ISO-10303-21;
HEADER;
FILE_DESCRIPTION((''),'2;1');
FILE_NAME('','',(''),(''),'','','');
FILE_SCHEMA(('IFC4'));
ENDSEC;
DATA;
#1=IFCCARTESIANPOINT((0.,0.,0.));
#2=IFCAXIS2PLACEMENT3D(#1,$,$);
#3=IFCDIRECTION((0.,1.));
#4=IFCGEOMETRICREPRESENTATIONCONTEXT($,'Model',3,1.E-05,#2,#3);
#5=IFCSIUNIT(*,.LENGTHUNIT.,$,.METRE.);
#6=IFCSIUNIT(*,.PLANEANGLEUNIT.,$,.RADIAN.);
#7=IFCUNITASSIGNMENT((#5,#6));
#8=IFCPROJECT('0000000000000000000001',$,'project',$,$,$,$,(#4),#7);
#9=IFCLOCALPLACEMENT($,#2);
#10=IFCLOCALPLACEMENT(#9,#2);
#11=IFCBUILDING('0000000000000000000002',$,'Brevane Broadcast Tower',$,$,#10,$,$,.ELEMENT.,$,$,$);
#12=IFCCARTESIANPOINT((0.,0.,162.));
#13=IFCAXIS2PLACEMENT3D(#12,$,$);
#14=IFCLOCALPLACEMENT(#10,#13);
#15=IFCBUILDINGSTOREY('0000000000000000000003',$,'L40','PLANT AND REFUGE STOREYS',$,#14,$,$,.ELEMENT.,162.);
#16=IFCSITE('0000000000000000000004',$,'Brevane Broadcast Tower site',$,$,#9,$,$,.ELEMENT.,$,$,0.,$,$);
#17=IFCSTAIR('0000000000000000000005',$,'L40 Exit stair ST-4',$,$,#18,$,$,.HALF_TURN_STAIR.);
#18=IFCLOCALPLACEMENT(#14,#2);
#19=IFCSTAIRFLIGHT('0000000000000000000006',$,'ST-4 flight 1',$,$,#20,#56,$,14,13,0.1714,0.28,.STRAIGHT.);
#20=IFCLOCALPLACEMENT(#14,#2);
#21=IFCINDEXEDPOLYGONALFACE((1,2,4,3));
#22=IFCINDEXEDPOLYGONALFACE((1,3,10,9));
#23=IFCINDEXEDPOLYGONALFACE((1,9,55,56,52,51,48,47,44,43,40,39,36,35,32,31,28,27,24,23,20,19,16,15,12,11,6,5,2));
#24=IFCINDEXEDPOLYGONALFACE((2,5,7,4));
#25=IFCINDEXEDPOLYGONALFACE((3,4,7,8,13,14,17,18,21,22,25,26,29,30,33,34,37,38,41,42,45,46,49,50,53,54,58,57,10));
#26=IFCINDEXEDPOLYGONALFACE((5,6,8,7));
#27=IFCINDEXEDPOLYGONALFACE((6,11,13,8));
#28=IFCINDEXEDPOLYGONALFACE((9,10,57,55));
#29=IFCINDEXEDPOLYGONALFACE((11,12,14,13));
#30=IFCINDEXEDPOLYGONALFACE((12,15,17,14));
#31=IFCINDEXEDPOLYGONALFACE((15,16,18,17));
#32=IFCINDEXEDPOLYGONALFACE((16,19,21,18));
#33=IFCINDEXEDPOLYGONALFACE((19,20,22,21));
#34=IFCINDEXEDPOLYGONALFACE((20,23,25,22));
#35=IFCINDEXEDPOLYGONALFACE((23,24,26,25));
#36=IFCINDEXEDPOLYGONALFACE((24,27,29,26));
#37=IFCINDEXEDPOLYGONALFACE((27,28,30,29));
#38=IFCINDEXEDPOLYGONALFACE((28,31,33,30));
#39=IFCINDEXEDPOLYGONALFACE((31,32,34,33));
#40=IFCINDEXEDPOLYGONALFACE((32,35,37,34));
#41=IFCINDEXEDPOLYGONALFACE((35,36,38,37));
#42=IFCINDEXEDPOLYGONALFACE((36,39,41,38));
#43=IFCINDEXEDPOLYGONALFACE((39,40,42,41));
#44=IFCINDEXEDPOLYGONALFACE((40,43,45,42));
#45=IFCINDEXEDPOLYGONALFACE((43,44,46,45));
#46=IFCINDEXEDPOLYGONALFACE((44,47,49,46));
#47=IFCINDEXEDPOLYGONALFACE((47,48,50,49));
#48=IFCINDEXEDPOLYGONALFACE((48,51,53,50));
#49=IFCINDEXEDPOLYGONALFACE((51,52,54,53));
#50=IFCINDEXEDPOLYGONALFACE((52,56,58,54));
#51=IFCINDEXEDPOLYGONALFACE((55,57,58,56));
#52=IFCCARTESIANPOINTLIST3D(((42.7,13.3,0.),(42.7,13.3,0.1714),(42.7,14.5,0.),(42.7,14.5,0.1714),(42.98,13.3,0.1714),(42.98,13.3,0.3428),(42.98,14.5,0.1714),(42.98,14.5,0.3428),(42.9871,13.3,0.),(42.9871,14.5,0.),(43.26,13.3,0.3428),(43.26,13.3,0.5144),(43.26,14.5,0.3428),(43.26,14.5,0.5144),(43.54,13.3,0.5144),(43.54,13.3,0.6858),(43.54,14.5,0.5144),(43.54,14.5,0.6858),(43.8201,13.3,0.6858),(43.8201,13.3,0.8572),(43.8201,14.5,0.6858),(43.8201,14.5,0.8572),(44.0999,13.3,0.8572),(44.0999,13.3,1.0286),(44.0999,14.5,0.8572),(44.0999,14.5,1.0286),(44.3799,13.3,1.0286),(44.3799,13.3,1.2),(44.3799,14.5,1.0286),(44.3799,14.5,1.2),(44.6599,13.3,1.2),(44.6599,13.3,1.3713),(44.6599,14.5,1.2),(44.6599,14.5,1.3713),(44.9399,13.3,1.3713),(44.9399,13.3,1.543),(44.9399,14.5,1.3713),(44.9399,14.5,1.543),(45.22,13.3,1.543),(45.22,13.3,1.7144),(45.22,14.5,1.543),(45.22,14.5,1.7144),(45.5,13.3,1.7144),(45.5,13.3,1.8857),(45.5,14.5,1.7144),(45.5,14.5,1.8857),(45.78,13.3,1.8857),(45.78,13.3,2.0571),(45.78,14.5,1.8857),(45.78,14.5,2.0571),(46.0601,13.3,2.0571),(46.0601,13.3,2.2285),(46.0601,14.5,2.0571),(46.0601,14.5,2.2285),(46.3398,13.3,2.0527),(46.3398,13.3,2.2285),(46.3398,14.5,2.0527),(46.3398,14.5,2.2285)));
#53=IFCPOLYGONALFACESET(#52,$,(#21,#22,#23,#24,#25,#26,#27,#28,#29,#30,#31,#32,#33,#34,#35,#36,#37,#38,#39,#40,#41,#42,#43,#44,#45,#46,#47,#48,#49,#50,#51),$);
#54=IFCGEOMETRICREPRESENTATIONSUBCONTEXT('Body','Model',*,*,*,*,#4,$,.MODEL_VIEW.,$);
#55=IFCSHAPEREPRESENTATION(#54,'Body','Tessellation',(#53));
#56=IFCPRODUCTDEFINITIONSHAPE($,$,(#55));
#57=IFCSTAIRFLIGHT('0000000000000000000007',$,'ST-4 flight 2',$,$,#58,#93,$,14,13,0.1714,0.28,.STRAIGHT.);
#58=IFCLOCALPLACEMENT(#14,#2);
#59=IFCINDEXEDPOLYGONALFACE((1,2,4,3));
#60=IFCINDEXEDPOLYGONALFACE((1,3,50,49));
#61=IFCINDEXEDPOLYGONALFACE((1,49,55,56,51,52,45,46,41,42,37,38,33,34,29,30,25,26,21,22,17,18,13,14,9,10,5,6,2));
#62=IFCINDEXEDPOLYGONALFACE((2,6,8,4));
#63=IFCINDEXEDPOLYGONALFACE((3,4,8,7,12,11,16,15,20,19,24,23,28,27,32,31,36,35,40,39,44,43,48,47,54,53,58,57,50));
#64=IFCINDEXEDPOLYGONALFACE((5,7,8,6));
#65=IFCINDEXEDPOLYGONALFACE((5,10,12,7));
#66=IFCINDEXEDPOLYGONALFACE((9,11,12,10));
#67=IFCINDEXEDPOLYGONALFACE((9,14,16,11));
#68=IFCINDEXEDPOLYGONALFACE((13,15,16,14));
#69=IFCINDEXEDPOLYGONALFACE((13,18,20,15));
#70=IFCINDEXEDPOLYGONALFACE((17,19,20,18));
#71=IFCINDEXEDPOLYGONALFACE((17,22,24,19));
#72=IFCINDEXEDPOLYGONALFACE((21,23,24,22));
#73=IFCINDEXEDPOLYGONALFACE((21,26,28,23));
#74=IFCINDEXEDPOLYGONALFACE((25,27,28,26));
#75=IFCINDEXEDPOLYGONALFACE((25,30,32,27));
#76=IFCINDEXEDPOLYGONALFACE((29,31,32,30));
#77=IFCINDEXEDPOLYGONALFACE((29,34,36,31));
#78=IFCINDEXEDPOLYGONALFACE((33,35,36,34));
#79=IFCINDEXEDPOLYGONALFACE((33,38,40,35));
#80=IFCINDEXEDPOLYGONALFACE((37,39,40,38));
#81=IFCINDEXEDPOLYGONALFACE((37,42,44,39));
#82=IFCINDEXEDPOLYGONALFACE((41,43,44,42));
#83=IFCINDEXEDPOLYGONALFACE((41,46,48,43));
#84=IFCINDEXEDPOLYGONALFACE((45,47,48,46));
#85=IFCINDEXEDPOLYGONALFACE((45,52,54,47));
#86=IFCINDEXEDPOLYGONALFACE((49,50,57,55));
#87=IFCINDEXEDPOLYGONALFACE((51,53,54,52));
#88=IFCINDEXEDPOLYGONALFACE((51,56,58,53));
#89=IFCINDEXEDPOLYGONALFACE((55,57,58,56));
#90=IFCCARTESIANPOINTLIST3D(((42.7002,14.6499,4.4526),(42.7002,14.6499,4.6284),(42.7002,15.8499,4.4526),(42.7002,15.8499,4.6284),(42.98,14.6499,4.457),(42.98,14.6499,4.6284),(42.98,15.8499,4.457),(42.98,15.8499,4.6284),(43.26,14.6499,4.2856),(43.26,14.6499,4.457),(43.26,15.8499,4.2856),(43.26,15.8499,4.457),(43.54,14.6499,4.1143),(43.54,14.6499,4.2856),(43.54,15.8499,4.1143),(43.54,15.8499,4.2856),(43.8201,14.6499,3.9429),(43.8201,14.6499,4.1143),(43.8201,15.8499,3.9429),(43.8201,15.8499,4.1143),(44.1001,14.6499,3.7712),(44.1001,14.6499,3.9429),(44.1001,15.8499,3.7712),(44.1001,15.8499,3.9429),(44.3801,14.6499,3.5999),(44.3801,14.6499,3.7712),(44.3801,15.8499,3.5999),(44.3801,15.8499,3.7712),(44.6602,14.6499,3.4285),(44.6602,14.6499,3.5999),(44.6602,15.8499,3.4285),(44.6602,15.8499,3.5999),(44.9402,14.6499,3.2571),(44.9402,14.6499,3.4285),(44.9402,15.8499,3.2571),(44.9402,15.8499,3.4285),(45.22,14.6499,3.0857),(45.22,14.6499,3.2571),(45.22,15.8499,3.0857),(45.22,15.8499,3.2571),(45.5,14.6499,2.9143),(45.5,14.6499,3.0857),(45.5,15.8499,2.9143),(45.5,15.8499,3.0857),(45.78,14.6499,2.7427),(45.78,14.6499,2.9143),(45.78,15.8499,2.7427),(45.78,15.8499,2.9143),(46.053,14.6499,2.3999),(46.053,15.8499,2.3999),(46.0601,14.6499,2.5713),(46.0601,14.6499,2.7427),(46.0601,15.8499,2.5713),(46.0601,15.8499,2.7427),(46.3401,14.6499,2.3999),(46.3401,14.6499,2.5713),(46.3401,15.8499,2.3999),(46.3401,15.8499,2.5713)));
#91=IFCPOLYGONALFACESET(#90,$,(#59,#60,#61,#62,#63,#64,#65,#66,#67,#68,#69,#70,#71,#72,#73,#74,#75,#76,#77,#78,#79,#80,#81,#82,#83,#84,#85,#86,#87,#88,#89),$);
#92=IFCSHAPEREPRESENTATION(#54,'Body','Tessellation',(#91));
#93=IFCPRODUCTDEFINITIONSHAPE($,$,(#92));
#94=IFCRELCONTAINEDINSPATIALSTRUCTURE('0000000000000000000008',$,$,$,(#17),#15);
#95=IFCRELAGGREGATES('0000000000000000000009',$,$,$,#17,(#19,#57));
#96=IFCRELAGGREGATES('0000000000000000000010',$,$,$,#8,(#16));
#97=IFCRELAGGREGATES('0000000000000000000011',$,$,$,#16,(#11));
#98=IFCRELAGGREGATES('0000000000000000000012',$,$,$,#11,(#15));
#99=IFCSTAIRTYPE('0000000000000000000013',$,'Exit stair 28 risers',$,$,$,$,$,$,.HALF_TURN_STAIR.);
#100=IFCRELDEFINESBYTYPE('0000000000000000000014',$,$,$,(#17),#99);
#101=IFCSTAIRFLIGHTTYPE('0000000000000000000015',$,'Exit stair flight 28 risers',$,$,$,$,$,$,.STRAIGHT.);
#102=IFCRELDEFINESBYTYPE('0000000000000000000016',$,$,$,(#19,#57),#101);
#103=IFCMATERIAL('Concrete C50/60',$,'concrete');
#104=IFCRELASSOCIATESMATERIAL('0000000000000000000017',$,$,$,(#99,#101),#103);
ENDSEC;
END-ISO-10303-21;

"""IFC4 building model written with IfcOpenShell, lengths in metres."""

from ifc_helpers import new_model, si_unit, direction, frame, origin, place, context, subcontext, project, spatial, polyline, outline, extrude, material, type_object, element, aggregate, save


model = new_model("IFC4")

# Units and contexts
model_context = context("Model", 3, precision=1e-05, world=origin(), true_north=direction((0.0, 1.0)))
body_context = subcontext(model_context, "Body", "Model", "MODEL_VIEW")
ifc_project = project(units=[si_unit("LENGTHUNIT", "METRE"), si_unit("PLANEANGLEUNIT", "RADIAN")], contexts=[model_context])

# Site, building, storey
site_placement = place(None, origin())
site = spatial("IfcSite", under=ifc_project, at=site_placement, Name="Brevane Broadcast Tower site", CompositionType="ELEMENT", RefElevation=0.0)
building_placement = place(site_placement, origin())
building = spatial("IfcBuilding", under=site, at=building_placement, Name="Brevane Broadcast Tower", CompositionType="ELEMENT")
storey_placement = place(building_placement, frame((0.0, 0.0, 162.0)))
storey = spatial("IfcBuildingStorey", under=building, at=storey_placement, Name="L40", Description="PLANT AND REFUGE STOREYS", CompositionType="ELEMENT", Elevation=162.0)

# Stair, stair flights
ifc_material_1 = material(Name="Concrete C50/60", Category="concrete")
stair_type = type_object("IfcStairType", Name="Exit stair 28 risers", PredefinedType="HALF_TURN_STAIR", material=ifc_material_1)
stair_placement = place(storey_placement, origin())
stair = element("IfcStair", 1, at=stair_placement, inside=storey, type_object=stair_type, Name="L40 Exit stair ST-4", PredefinedType="HALF_TURN_STAIR")
stair_flight_type = type_object("IfcStairFlightType", Name="Exit stair flight 28 risers", PredefinedType="STRAIGHT", material=ifc_material_1)
stair_flight_1_placement = place(storey_placement, frame((42.7, 13.8999, 0.0), z_axis=(0.0, 0.0, 1.0), x_axis=(1.0, 0.0, 0.0)))
stair_flight_1 = element("IfcStairFlight", 2, at=stair_flight_1_placement, type_object=stair_flight_type, Name="ST-4 flight 1", NumberOfRisers=14, NumberOfTreads=13, PredefinedType="STRAIGHT", RiserHeight=0.1714, TreadLength=0.28, context=body_context, shape_type="SweptSolid", body=[
    extrude(outline(polyline([(0.0, 0.0), (0.0, 0.1714), (0.28, 0.1714), (0.28, 0.3428), (0.5601, 0.3428), (0.5601, 0.5144), (0.8401, 0.5144), (0.8401, 0.6858), (1.1201, 0.6858), (1.1201, 0.8572), (1.3999, 0.8572), (1.3999, 1.0286), (1.6799, 1.0286), (1.6799, 1.2), (1.96, 1.2), (1.96, 1.3713), (2.24, 1.3713), (2.24, 1.543), (2.52, 1.543), (2.52, 1.7144), (2.8, 1.7144), (2.8, 1.8857), (3.0801, 1.8857), (3.0801, 2.0571), (3.3601, 2.0571), (3.3601, 2.2285), (3.6399, 2.2285), (3.6399, 2.3999), (3.6399, 2.0527), (0.2871, 0.0), (0.0, 0.0)])), frame((0.0, 0.6001, 0.0), z_axis=(0.0, -1.0, 0.0), x_axis=(1.0, 0.0, 0.0)), (0.0, 0.0, 1.0), 1.2),
])
stair_flight_2_placement = place(storey_placement, frame((46.3401, 15.25, 2.3999), z_axis=(0.0, 0.0, 1.0), x_axis=(-1.0, 0.0, 0.0)))
stair_flight_2 = element("IfcStairFlight", 3, at=stair_flight_2_placement, type_object=stair_flight_type, Name="ST-4 flight 2", NumberOfRisers=14, NumberOfTreads=13, PredefinedType="STRAIGHT", RiserHeight=0.1714, TreadLength=0.28, context=body_context, shape_type="SweptSolid", body=[
    extrude(outline(polyline([(0.0, 0.0), (0.0, 0.1714), (0.28, 0.1714), (0.28, 0.3428), (0.5601, 0.3428), (0.5601, 0.5144), (0.8401, 0.5144), (0.8401, 0.6858), (1.1201, 0.6858), (1.1201, 0.8572), (1.3999, 0.8572), (1.3999, 1.0286), (1.6799, 1.0286), (1.6799, 1.2), (1.96, 1.2), (1.96, 1.3713), (2.24, 1.3713), (2.24, 1.543), (2.52, 1.543), (2.52, 1.7144), (2.8, 1.7144), (2.8, 1.8857), (3.0801, 1.8857), (3.0801, 2.0571), (3.3601, 2.0571), (3.3601, 2.2285), (3.6399, 2.2285), (3.6399, 2.3999), (3.6399, 2.0527), (0.2871, 0.0), (0.0, 0.0)])), frame((0.0, 0.6001, 0.0), z_axis=(0.0, -1.0, 0.0), x_axis=(1.0, 0.0, 0.0)), (0.0, 0.0, 1.0), 1.2),
])
aggregate(stair, [stair_flight_1, stair_flight_2])

save(model, "model.ifc")
